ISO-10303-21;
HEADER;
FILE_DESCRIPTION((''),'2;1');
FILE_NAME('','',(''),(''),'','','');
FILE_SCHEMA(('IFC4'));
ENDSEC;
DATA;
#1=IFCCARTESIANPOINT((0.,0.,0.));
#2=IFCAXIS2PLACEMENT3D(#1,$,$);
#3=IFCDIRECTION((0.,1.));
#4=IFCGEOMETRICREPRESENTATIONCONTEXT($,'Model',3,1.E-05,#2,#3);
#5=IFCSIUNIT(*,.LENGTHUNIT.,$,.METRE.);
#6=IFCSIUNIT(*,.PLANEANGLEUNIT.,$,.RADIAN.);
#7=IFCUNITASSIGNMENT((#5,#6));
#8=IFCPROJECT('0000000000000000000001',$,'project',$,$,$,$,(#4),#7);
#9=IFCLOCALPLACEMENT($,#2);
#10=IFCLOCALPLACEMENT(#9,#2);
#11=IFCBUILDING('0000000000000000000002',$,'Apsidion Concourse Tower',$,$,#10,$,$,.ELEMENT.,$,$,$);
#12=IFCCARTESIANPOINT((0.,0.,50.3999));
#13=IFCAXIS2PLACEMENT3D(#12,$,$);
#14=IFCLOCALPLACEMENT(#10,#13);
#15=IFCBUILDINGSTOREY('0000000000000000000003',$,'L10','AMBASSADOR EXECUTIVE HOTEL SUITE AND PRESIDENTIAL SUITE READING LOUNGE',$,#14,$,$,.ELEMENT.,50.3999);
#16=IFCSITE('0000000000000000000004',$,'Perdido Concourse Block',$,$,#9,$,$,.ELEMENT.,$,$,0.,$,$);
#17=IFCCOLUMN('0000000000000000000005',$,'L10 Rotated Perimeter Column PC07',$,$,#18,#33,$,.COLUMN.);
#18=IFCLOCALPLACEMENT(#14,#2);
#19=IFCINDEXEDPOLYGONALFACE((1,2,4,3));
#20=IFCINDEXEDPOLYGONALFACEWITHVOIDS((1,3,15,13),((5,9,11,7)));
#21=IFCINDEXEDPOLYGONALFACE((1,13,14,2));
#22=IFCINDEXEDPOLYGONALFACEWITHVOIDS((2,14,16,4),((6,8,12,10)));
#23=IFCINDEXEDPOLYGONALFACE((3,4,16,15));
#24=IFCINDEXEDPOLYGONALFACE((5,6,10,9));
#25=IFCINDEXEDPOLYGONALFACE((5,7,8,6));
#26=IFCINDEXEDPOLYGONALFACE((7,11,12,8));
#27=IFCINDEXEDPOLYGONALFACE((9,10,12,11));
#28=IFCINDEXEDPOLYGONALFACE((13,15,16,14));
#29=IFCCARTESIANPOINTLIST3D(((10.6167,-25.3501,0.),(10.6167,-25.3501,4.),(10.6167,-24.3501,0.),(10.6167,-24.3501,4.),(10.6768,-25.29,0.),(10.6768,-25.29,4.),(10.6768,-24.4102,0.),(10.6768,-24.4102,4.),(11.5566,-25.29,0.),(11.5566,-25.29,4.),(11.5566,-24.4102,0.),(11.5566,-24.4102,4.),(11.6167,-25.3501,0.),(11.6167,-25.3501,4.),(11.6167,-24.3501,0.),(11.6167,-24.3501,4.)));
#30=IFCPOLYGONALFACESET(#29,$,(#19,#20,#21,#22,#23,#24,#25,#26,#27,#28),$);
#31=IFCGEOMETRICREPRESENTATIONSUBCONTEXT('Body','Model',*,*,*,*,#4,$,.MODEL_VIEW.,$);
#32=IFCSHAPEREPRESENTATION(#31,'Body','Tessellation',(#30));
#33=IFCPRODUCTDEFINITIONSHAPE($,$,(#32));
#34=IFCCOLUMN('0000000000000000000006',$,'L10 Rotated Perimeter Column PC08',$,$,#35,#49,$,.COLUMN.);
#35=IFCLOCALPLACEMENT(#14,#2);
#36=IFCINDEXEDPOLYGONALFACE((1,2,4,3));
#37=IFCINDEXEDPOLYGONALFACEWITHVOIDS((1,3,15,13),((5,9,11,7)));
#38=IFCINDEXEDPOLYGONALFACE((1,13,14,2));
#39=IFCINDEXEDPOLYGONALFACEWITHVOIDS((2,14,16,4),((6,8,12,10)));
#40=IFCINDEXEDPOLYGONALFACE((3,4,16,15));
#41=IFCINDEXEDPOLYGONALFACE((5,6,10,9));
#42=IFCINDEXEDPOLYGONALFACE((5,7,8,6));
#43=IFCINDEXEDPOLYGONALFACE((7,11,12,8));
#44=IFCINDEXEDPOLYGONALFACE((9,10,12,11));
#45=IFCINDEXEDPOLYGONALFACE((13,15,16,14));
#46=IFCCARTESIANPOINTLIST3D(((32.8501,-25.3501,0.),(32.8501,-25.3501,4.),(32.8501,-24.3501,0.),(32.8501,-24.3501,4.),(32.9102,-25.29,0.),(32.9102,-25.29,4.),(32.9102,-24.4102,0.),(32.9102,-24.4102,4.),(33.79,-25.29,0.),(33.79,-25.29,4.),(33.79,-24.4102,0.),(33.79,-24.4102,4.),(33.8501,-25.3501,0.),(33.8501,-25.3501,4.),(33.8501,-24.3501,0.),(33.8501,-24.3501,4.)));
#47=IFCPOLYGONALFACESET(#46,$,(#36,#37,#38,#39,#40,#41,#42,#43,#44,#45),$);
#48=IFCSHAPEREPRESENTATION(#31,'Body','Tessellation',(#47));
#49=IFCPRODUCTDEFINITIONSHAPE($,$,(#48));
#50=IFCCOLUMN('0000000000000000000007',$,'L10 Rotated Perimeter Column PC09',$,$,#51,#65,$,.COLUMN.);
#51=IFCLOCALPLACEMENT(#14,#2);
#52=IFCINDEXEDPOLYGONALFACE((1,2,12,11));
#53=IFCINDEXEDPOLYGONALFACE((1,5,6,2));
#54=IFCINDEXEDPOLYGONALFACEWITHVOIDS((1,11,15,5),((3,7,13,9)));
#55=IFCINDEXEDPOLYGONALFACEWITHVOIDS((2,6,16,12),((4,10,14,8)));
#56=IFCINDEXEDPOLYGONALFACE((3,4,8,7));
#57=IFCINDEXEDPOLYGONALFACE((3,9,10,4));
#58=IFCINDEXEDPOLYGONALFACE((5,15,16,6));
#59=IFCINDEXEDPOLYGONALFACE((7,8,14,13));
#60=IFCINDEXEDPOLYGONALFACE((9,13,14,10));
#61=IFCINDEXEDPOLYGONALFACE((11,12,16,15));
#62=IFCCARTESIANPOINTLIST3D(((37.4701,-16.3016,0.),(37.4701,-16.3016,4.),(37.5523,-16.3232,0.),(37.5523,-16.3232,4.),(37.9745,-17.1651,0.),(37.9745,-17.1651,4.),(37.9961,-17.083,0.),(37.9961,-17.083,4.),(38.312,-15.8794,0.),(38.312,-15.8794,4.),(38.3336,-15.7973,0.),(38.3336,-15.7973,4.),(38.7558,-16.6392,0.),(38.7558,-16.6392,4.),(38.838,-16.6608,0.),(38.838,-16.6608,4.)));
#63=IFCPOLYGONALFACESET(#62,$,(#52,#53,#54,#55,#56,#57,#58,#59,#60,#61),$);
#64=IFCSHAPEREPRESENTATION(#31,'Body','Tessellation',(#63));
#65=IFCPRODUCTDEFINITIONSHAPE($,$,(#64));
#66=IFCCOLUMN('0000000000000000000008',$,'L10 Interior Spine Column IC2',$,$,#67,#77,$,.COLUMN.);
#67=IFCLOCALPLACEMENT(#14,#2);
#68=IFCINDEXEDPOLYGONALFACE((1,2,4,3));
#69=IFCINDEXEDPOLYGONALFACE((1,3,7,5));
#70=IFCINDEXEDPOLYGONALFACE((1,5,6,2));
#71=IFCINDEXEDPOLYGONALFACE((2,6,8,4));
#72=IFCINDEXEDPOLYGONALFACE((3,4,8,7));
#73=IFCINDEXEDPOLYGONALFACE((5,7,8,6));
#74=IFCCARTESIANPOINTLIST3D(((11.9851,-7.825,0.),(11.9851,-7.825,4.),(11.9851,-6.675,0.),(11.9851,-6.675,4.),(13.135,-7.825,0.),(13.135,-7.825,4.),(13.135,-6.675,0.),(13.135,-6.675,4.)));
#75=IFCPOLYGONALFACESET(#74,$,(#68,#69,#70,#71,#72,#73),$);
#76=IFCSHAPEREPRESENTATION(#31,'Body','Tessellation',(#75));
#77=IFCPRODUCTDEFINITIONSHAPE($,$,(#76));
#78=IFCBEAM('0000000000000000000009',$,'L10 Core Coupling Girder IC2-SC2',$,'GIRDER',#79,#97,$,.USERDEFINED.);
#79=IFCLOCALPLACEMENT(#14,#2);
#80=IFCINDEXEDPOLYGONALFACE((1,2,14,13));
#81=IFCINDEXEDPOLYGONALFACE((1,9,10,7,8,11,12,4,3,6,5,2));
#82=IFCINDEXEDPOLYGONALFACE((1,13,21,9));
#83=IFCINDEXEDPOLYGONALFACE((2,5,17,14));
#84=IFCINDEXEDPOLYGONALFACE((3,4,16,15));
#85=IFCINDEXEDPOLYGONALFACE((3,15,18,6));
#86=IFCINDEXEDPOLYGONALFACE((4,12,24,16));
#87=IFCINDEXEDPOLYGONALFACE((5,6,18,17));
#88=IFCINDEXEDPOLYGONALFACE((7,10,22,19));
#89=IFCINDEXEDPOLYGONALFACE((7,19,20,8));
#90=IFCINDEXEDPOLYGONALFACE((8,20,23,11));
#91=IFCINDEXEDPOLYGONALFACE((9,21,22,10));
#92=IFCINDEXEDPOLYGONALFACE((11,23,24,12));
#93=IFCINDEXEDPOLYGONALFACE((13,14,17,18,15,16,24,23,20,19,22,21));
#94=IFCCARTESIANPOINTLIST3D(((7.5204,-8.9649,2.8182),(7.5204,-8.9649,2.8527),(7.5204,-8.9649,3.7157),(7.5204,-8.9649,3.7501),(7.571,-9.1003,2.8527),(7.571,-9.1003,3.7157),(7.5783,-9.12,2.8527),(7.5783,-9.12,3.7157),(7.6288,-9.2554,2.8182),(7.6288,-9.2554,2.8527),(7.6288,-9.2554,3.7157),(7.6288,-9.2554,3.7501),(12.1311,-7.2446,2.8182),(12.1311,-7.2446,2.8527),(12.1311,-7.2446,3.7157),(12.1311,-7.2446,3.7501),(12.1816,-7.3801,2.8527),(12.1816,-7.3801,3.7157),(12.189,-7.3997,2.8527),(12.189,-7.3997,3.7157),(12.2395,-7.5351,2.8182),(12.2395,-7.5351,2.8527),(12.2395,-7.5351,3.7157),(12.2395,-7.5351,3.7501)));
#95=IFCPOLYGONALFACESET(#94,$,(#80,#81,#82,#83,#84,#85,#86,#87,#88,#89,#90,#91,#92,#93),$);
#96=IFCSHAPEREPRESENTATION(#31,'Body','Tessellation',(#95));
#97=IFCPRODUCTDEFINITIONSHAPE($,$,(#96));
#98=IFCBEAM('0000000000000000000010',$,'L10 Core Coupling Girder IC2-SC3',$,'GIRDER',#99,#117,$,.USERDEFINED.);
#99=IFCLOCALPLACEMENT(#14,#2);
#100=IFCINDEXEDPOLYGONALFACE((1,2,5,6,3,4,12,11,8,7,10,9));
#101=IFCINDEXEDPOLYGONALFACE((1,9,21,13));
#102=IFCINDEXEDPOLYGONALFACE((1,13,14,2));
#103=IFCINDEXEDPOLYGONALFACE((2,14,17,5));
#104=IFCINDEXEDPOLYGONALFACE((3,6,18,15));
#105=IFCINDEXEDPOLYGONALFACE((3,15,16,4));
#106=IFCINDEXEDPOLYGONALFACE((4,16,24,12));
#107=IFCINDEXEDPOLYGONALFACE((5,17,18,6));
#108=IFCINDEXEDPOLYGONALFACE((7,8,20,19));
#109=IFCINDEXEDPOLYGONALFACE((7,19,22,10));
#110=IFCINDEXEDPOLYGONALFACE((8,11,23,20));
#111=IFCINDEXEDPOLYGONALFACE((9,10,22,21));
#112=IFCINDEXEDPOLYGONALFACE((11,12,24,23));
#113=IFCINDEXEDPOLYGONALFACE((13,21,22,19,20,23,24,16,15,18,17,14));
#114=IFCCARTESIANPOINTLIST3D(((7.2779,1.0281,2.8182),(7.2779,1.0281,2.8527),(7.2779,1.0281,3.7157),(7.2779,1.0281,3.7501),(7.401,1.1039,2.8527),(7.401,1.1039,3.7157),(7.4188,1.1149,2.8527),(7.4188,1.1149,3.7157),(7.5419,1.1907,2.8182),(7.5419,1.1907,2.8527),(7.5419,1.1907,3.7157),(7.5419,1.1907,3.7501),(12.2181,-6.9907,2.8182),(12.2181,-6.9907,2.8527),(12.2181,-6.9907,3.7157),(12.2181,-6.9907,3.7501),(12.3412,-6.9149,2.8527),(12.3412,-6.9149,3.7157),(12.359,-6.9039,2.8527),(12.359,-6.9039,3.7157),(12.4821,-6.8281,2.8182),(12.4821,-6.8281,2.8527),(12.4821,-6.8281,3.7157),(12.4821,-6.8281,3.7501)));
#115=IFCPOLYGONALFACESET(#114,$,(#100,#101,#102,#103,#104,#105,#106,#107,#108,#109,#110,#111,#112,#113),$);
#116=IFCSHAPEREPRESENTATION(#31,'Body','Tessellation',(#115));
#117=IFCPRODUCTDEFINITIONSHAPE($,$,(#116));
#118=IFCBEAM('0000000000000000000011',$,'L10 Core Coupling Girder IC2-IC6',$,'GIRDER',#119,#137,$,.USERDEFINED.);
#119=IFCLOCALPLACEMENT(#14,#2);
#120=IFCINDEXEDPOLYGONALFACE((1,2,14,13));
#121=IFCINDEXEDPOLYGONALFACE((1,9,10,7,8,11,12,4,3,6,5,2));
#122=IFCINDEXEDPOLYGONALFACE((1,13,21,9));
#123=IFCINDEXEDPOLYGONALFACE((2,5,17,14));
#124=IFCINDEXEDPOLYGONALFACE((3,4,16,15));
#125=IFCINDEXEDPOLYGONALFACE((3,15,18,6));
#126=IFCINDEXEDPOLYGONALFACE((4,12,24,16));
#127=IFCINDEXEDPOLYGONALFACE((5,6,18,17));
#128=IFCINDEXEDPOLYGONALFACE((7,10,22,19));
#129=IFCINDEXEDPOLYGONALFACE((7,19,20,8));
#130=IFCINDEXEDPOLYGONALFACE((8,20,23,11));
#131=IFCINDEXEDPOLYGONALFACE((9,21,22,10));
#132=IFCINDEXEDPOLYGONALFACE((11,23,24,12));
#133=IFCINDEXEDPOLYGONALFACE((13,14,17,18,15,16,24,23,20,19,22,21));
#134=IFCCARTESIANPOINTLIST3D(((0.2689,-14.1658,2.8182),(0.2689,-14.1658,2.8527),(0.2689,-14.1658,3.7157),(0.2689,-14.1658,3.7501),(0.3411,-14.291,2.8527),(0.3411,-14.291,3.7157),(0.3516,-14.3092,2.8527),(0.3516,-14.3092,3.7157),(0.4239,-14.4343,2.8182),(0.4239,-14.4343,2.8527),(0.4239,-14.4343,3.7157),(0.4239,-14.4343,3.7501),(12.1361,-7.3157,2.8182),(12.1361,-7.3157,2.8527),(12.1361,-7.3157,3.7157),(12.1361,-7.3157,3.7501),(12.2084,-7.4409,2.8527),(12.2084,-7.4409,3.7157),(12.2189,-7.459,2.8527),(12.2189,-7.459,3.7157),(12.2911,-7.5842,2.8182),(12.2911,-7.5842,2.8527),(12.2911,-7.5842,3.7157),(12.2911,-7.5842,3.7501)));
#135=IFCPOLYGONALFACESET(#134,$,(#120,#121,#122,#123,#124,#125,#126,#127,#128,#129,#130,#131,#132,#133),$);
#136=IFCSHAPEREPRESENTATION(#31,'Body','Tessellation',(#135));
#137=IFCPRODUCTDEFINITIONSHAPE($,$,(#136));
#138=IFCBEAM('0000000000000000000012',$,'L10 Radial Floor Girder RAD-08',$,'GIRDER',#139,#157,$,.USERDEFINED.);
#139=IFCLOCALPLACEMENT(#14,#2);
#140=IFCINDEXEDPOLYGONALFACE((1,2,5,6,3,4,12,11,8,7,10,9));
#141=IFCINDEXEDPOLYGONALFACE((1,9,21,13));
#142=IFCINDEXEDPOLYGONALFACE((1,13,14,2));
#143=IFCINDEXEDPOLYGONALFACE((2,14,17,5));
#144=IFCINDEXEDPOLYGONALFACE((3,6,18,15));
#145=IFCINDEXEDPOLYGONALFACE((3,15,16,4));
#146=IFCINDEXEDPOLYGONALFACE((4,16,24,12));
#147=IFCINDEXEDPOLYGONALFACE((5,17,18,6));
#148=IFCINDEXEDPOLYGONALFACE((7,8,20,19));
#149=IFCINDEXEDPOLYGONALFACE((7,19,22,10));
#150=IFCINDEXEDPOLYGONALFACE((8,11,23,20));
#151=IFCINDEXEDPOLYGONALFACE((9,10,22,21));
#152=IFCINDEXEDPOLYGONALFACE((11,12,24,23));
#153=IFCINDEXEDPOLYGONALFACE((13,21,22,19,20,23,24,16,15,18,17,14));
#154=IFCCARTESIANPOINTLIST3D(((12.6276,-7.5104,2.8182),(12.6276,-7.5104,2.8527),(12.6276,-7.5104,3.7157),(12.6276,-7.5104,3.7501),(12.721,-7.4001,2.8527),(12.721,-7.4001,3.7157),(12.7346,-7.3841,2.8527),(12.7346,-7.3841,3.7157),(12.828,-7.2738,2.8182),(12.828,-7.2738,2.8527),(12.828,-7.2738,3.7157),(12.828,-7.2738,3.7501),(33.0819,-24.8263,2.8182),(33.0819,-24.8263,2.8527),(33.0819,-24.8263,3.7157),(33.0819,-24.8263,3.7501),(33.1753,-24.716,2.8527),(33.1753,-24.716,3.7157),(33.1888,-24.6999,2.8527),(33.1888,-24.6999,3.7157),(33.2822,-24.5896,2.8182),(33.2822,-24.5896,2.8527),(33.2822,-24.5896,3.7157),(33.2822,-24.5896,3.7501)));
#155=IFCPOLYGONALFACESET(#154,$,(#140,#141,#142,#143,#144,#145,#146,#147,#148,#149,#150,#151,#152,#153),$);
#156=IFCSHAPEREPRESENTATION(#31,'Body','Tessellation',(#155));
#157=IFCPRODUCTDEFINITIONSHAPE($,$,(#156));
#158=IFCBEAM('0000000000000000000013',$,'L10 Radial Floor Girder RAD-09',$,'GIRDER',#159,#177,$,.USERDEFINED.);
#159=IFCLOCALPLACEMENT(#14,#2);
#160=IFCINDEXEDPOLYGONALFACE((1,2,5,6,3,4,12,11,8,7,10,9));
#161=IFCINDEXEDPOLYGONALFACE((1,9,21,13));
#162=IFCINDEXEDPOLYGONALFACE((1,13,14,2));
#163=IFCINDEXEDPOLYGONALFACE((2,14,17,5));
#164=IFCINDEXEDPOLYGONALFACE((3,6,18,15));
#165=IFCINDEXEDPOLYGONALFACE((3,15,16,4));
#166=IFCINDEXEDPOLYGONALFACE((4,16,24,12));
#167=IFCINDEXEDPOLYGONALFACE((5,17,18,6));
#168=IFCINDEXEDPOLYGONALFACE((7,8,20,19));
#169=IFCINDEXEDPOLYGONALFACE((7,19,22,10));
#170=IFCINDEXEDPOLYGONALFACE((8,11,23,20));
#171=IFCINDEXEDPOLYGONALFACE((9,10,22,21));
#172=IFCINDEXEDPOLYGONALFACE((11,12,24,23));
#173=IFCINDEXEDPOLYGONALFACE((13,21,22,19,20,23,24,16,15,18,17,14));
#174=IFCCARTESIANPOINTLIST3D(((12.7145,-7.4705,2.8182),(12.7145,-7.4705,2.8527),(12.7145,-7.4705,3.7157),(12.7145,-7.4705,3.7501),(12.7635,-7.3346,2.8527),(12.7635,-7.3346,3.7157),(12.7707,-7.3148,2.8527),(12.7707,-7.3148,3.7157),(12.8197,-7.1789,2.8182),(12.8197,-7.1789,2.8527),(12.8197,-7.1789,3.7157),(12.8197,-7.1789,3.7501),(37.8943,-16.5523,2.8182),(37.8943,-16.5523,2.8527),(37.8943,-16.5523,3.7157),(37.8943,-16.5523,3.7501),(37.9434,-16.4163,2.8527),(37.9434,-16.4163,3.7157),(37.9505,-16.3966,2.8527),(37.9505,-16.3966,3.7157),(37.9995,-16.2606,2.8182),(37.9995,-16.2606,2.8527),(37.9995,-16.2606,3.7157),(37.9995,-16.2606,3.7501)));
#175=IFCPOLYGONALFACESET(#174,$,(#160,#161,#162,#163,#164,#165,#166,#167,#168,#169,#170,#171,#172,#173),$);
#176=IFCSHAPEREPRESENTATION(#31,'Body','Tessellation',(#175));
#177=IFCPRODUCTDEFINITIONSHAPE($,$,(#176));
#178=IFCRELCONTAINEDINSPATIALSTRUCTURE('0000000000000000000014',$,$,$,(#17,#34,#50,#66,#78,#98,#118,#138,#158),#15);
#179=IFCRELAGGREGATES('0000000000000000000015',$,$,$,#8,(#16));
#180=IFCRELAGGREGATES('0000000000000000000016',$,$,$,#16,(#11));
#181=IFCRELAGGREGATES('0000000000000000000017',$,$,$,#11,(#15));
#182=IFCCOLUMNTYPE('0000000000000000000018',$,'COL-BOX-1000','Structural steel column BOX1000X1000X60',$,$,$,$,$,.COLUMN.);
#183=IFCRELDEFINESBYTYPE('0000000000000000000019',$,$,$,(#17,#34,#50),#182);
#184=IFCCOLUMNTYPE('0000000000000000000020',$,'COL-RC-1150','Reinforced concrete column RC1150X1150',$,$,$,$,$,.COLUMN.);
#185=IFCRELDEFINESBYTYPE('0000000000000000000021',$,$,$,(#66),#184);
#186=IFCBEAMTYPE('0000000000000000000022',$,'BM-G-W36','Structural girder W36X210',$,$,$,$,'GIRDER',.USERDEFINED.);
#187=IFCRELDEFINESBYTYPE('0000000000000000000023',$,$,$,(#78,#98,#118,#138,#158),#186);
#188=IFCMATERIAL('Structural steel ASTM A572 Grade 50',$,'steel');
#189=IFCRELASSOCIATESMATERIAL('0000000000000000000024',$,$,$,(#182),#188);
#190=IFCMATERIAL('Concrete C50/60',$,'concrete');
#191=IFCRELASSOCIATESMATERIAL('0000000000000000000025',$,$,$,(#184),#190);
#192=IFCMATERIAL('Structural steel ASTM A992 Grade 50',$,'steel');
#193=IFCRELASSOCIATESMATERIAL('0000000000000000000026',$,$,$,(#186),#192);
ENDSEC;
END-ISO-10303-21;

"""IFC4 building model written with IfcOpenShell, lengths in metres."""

from ifc_helpers import new_model, si_unit, direction, frame, origin, origin_2d, place, context, subcontext, project, spatial, rectangle, hollow_rectangle, i_section, extrude, material, material_profile, profile_set, type_object, element, save


model = new_model("IFC4")

# Units and contexts
model_context = context("Model", 3, precision=1e-05, world=origin(), true_north=direction((0.0, 1.0)))
body_context = subcontext(model_context, "Body", "Model", "MODEL_VIEW")
ifc_project = project(units=[si_unit("LENGTHUNIT", "METRE"), si_unit("PLANEANGLEUNIT", "RADIAN")], contexts=[model_context])

# Site, building, storey
site_placement = place(None, origin())
site = spatial("IfcSite", under=ifc_project, at=site_placement, Name="Perdido Concourse Block", CompositionType="ELEMENT", RefElevation=0.0)
building_placement = place(site_placement, origin())
building = spatial("IfcBuilding", under=site, at=building_placement, Name="Apsidion Concourse Tower", CompositionType="ELEMENT")
storey_placement = place(building_placement, frame((0.0, 0.0, 50.3999)))
storey = spatial("IfcBuildingStorey", under=building, at=storey_placement, Name="L10", Description="AMBASSADOR EXECUTIVE HOTEL SUITE AND PRESIDENTIAL SUITE READING LOUNGE", CompositionType="ELEMENT", Elevation=50.3999)

# Columns
ifc_material_1 = material(Name="Structural steel ASTM A572 Grade 50", Category="steel")
ifc_material_profile_1 = material_profile(ifc_material_1, hollow_rectangle(XDim=1.0, YDim=1.0, WallThickness=0.0601, at=origin_2d()), Name="BOX1000X1000X60")
ifc_profile_set_1 = profile_set([ifc_material_profile_1], Name="Structural steel ASTM A572 Grade 50")
column_type_1 = type_object("IfcColumnType", Name="COL-BOX-1000", Description="Structural steel column BOX1000X1000X60", PredefinedType="COLUMN", material=ifc_profile_set_1)
for number, where, z_axis, x_axis, name in (
    (1, (11.1167, -24.8501, 0.0), (0.0, 0.0, 1.0), (1.0, 0.0, 0.0), "L10 Rotated Perimeter Column PC07"),
    (2, (33.3501, -24.8501, 0.0), (0.0, 0.0, 1.0), (1.0, 0.0, 0.0), "L10 Rotated Perimeter Column PC08"),
    (3, (38.1541, -16.4812, 0.0), (0.0, 0.0, 1.0), (-0.504377, 0.863484, 0.0), "L10 Rotated Perimeter Column PC09"),
):
    element("IfcColumn", number, at=place(storey_placement, frame(where, z_axis=z_axis, x_axis=x_axis)), inside=storey, type_object=column_type_1, Name=name, PredefinedType="COLUMN", context=body_context, shape_type="SweptSolid", body=[
        extrude(hollow_rectangle(XDim=1.0, YDim=1.0, WallThickness=0.0601, at=origin_2d()), origin(), (0.0, 0.0, 1.0), 4.0),
    ])
ifc_material_2 = material(Name="Concrete C50/60", Category="concrete")
ifc_material_profile_2 = material_profile(ifc_material_2, rectangle(XDim=1.1499, YDim=1.1499, at=origin_2d()), Name="RC 1150x1150")
ifc_profile_set_2 = profile_set([ifc_material_profile_2], Name="Concrete C50/60")
column_type_2 = type_object("IfcColumnType", Name="COL-RC-1150", Description="Reinforced concrete column RC1150X1150", PredefinedType="COLUMN", material=ifc_profile_set_2)
column_placement = place(storey_placement, frame((12.5601, -7.25, 0.0), z_axis=(0.0, 0.0, 1.0), x_axis=(1.0, 0.0, 0.0)))
element("IfcColumn", 4, at=column_placement, inside=storey, type_object=column_type_2, Name="L10 Interior Spine Column IC2", PredefinedType="COLUMN", context=body_context, shape_type="SweptSolid", body=[
    extrude(rectangle(XDim=1.1499, YDim=1.1499, at=origin_2d()), origin(), (0.0, 0.0, 1.0), 4.0),
])

# Beams
ifc_material_3 = material(Name="Structural steel ASTM A992 Grade 50", Category="steel")
ifc_material_profile_3 = material_profile(ifc_material_3, i_section(OverallWidth=0.3101, OverallDepth=0.9319, WebThickness=0.021, FlangeThickness=0.0344, at=origin_2d()), Name="W36X210")
ifc_profile_set_3 = profile_set([ifc_material_profile_3], Name="Structural steel ASTM A992 Grade 50")
beam_type_1 = type_object("IfcBeamType", Name="BM-G-W36", Description="Structural girder W36X210", ElementType="GIRDER", PredefinedType="USERDEFINED", material=ifc_profile_set_3)
beam_1_placement = place(storey_placement, frame((12.1853, -7.3899, 3.2842), z_axis=(-0.936913, -0.349563, 0.0), x_axis=(0.349563, -0.936913, 0.0)))
element("IfcBeam", 5, at=beam_1_placement, inside=storey, type_object=beam_type_1, Name="L10 Core Coupling Girder IC2-SC2", ObjectType="GIRDER", PredefinedType="USERDEFINED", context=body_context, shape_type="SweptSolid", body=[
    extrude(i_section(OverallWidth=0.3101, OverallDepth=0.9319, WebThickness=0.021, FlangeThickness=0.0344, at=origin_2d()), origin(), (0.0, 0.0, 1.0), 4.9211),
])
beam_2_placement = place(storey_placement, frame((12.3501, -6.9094, 3.2842), z_axis=(-0.524524, 0.851396, 0.0), x_axis=(-0.851396, -0.524524, 0.0)))
element("IfcBeam", 6, at=beam_2_placement, inside=storey, type_object=beam_type_1, Name="L10 Core Coupling Girder IC2-SC3", ObjectType="GIRDER", PredefinedType="USERDEFINED", context=body_context, shape_type="SweptSolid", body=[
    extrude(i_section(OverallWidth=0.3101, OverallDepth=0.9319, WebThickness=0.021, FlangeThickness=0.0344, at=origin_2d()), origin(), (0.0, 0.0, 1.0), 9.4185),
])
beam_3_placement = place(storey_placement, frame((12.2136, -7.45, 3.2842), z_axis=(-0.86607, -0.499922, 0.0), x_axis=(0.499922, -0.86607, 0.0)))
element("IfcBeam", 7, at=beam_3_placement, inside=storey, type_object=beam_type_1, Name="L10 Core Coupling Girder IC2-IC6", ObjectType="GIRDER", PredefinedType="USERDEFINED", context=body_context, shape_type="SweptSolid", body=[
    extrude(i_section(OverallWidth=0.3101, OverallDepth=0.9319, WebThickness=0.021, FlangeThickness=0.0344, at=origin_2d()), origin(), (0.0, 0.0, 1.0), 13.7024),
])
beam_4_placement = place(storey_placement, frame((12.7278, -7.3921, 3.2842), z_axis=(0.763232, -0.646125, 0.0), x_axis=(0.646125, 0.763232, 0.0)))
element("IfcBeam", 8, at=beam_4_placement, inside=storey, type_object=beam_type_1, Name="L10 Radial Floor Girder RAD-08", ObjectType="GIRDER", PredefinedType="USERDEFINED", context=body_context, shape_type="SweptSolid", body=[
    extrude(i_section(OverallWidth=0.3101, OverallDepth=0.9319, WebThickness=0.021, FlangeThickness=0.0344, at=origin_2d()), origin(), (0.0, 0.0, 1.0), 26.7996),
])
beam_5_placement = place(storey_placement, frame((12.7671, -7.3247, 3.2842), z_axis=(0.940685, -0.339282, 0.0), x_axis=(0.339282, 0.940685, 0.0)))
element("IfcBeam", 9, at=beam_5_placement, inside=storey, type_object=beam_type_1, Name="L10 Radial Floor Girder RAD-09", ObjectType="GIRDER", PredefinedType="USERDEFINED", context=body_context, shape_type="SweptSolid", body=[
    extrude(i_section(OverallWidth=0.3101, OverallDepth=0.9319, WebThickness=0.021, FlangeThickness=0.0344, at=origin_2d()), origin(), (0.0, 0.0, 1.0), 26.7676),
])

save(model, "model.ifc")
